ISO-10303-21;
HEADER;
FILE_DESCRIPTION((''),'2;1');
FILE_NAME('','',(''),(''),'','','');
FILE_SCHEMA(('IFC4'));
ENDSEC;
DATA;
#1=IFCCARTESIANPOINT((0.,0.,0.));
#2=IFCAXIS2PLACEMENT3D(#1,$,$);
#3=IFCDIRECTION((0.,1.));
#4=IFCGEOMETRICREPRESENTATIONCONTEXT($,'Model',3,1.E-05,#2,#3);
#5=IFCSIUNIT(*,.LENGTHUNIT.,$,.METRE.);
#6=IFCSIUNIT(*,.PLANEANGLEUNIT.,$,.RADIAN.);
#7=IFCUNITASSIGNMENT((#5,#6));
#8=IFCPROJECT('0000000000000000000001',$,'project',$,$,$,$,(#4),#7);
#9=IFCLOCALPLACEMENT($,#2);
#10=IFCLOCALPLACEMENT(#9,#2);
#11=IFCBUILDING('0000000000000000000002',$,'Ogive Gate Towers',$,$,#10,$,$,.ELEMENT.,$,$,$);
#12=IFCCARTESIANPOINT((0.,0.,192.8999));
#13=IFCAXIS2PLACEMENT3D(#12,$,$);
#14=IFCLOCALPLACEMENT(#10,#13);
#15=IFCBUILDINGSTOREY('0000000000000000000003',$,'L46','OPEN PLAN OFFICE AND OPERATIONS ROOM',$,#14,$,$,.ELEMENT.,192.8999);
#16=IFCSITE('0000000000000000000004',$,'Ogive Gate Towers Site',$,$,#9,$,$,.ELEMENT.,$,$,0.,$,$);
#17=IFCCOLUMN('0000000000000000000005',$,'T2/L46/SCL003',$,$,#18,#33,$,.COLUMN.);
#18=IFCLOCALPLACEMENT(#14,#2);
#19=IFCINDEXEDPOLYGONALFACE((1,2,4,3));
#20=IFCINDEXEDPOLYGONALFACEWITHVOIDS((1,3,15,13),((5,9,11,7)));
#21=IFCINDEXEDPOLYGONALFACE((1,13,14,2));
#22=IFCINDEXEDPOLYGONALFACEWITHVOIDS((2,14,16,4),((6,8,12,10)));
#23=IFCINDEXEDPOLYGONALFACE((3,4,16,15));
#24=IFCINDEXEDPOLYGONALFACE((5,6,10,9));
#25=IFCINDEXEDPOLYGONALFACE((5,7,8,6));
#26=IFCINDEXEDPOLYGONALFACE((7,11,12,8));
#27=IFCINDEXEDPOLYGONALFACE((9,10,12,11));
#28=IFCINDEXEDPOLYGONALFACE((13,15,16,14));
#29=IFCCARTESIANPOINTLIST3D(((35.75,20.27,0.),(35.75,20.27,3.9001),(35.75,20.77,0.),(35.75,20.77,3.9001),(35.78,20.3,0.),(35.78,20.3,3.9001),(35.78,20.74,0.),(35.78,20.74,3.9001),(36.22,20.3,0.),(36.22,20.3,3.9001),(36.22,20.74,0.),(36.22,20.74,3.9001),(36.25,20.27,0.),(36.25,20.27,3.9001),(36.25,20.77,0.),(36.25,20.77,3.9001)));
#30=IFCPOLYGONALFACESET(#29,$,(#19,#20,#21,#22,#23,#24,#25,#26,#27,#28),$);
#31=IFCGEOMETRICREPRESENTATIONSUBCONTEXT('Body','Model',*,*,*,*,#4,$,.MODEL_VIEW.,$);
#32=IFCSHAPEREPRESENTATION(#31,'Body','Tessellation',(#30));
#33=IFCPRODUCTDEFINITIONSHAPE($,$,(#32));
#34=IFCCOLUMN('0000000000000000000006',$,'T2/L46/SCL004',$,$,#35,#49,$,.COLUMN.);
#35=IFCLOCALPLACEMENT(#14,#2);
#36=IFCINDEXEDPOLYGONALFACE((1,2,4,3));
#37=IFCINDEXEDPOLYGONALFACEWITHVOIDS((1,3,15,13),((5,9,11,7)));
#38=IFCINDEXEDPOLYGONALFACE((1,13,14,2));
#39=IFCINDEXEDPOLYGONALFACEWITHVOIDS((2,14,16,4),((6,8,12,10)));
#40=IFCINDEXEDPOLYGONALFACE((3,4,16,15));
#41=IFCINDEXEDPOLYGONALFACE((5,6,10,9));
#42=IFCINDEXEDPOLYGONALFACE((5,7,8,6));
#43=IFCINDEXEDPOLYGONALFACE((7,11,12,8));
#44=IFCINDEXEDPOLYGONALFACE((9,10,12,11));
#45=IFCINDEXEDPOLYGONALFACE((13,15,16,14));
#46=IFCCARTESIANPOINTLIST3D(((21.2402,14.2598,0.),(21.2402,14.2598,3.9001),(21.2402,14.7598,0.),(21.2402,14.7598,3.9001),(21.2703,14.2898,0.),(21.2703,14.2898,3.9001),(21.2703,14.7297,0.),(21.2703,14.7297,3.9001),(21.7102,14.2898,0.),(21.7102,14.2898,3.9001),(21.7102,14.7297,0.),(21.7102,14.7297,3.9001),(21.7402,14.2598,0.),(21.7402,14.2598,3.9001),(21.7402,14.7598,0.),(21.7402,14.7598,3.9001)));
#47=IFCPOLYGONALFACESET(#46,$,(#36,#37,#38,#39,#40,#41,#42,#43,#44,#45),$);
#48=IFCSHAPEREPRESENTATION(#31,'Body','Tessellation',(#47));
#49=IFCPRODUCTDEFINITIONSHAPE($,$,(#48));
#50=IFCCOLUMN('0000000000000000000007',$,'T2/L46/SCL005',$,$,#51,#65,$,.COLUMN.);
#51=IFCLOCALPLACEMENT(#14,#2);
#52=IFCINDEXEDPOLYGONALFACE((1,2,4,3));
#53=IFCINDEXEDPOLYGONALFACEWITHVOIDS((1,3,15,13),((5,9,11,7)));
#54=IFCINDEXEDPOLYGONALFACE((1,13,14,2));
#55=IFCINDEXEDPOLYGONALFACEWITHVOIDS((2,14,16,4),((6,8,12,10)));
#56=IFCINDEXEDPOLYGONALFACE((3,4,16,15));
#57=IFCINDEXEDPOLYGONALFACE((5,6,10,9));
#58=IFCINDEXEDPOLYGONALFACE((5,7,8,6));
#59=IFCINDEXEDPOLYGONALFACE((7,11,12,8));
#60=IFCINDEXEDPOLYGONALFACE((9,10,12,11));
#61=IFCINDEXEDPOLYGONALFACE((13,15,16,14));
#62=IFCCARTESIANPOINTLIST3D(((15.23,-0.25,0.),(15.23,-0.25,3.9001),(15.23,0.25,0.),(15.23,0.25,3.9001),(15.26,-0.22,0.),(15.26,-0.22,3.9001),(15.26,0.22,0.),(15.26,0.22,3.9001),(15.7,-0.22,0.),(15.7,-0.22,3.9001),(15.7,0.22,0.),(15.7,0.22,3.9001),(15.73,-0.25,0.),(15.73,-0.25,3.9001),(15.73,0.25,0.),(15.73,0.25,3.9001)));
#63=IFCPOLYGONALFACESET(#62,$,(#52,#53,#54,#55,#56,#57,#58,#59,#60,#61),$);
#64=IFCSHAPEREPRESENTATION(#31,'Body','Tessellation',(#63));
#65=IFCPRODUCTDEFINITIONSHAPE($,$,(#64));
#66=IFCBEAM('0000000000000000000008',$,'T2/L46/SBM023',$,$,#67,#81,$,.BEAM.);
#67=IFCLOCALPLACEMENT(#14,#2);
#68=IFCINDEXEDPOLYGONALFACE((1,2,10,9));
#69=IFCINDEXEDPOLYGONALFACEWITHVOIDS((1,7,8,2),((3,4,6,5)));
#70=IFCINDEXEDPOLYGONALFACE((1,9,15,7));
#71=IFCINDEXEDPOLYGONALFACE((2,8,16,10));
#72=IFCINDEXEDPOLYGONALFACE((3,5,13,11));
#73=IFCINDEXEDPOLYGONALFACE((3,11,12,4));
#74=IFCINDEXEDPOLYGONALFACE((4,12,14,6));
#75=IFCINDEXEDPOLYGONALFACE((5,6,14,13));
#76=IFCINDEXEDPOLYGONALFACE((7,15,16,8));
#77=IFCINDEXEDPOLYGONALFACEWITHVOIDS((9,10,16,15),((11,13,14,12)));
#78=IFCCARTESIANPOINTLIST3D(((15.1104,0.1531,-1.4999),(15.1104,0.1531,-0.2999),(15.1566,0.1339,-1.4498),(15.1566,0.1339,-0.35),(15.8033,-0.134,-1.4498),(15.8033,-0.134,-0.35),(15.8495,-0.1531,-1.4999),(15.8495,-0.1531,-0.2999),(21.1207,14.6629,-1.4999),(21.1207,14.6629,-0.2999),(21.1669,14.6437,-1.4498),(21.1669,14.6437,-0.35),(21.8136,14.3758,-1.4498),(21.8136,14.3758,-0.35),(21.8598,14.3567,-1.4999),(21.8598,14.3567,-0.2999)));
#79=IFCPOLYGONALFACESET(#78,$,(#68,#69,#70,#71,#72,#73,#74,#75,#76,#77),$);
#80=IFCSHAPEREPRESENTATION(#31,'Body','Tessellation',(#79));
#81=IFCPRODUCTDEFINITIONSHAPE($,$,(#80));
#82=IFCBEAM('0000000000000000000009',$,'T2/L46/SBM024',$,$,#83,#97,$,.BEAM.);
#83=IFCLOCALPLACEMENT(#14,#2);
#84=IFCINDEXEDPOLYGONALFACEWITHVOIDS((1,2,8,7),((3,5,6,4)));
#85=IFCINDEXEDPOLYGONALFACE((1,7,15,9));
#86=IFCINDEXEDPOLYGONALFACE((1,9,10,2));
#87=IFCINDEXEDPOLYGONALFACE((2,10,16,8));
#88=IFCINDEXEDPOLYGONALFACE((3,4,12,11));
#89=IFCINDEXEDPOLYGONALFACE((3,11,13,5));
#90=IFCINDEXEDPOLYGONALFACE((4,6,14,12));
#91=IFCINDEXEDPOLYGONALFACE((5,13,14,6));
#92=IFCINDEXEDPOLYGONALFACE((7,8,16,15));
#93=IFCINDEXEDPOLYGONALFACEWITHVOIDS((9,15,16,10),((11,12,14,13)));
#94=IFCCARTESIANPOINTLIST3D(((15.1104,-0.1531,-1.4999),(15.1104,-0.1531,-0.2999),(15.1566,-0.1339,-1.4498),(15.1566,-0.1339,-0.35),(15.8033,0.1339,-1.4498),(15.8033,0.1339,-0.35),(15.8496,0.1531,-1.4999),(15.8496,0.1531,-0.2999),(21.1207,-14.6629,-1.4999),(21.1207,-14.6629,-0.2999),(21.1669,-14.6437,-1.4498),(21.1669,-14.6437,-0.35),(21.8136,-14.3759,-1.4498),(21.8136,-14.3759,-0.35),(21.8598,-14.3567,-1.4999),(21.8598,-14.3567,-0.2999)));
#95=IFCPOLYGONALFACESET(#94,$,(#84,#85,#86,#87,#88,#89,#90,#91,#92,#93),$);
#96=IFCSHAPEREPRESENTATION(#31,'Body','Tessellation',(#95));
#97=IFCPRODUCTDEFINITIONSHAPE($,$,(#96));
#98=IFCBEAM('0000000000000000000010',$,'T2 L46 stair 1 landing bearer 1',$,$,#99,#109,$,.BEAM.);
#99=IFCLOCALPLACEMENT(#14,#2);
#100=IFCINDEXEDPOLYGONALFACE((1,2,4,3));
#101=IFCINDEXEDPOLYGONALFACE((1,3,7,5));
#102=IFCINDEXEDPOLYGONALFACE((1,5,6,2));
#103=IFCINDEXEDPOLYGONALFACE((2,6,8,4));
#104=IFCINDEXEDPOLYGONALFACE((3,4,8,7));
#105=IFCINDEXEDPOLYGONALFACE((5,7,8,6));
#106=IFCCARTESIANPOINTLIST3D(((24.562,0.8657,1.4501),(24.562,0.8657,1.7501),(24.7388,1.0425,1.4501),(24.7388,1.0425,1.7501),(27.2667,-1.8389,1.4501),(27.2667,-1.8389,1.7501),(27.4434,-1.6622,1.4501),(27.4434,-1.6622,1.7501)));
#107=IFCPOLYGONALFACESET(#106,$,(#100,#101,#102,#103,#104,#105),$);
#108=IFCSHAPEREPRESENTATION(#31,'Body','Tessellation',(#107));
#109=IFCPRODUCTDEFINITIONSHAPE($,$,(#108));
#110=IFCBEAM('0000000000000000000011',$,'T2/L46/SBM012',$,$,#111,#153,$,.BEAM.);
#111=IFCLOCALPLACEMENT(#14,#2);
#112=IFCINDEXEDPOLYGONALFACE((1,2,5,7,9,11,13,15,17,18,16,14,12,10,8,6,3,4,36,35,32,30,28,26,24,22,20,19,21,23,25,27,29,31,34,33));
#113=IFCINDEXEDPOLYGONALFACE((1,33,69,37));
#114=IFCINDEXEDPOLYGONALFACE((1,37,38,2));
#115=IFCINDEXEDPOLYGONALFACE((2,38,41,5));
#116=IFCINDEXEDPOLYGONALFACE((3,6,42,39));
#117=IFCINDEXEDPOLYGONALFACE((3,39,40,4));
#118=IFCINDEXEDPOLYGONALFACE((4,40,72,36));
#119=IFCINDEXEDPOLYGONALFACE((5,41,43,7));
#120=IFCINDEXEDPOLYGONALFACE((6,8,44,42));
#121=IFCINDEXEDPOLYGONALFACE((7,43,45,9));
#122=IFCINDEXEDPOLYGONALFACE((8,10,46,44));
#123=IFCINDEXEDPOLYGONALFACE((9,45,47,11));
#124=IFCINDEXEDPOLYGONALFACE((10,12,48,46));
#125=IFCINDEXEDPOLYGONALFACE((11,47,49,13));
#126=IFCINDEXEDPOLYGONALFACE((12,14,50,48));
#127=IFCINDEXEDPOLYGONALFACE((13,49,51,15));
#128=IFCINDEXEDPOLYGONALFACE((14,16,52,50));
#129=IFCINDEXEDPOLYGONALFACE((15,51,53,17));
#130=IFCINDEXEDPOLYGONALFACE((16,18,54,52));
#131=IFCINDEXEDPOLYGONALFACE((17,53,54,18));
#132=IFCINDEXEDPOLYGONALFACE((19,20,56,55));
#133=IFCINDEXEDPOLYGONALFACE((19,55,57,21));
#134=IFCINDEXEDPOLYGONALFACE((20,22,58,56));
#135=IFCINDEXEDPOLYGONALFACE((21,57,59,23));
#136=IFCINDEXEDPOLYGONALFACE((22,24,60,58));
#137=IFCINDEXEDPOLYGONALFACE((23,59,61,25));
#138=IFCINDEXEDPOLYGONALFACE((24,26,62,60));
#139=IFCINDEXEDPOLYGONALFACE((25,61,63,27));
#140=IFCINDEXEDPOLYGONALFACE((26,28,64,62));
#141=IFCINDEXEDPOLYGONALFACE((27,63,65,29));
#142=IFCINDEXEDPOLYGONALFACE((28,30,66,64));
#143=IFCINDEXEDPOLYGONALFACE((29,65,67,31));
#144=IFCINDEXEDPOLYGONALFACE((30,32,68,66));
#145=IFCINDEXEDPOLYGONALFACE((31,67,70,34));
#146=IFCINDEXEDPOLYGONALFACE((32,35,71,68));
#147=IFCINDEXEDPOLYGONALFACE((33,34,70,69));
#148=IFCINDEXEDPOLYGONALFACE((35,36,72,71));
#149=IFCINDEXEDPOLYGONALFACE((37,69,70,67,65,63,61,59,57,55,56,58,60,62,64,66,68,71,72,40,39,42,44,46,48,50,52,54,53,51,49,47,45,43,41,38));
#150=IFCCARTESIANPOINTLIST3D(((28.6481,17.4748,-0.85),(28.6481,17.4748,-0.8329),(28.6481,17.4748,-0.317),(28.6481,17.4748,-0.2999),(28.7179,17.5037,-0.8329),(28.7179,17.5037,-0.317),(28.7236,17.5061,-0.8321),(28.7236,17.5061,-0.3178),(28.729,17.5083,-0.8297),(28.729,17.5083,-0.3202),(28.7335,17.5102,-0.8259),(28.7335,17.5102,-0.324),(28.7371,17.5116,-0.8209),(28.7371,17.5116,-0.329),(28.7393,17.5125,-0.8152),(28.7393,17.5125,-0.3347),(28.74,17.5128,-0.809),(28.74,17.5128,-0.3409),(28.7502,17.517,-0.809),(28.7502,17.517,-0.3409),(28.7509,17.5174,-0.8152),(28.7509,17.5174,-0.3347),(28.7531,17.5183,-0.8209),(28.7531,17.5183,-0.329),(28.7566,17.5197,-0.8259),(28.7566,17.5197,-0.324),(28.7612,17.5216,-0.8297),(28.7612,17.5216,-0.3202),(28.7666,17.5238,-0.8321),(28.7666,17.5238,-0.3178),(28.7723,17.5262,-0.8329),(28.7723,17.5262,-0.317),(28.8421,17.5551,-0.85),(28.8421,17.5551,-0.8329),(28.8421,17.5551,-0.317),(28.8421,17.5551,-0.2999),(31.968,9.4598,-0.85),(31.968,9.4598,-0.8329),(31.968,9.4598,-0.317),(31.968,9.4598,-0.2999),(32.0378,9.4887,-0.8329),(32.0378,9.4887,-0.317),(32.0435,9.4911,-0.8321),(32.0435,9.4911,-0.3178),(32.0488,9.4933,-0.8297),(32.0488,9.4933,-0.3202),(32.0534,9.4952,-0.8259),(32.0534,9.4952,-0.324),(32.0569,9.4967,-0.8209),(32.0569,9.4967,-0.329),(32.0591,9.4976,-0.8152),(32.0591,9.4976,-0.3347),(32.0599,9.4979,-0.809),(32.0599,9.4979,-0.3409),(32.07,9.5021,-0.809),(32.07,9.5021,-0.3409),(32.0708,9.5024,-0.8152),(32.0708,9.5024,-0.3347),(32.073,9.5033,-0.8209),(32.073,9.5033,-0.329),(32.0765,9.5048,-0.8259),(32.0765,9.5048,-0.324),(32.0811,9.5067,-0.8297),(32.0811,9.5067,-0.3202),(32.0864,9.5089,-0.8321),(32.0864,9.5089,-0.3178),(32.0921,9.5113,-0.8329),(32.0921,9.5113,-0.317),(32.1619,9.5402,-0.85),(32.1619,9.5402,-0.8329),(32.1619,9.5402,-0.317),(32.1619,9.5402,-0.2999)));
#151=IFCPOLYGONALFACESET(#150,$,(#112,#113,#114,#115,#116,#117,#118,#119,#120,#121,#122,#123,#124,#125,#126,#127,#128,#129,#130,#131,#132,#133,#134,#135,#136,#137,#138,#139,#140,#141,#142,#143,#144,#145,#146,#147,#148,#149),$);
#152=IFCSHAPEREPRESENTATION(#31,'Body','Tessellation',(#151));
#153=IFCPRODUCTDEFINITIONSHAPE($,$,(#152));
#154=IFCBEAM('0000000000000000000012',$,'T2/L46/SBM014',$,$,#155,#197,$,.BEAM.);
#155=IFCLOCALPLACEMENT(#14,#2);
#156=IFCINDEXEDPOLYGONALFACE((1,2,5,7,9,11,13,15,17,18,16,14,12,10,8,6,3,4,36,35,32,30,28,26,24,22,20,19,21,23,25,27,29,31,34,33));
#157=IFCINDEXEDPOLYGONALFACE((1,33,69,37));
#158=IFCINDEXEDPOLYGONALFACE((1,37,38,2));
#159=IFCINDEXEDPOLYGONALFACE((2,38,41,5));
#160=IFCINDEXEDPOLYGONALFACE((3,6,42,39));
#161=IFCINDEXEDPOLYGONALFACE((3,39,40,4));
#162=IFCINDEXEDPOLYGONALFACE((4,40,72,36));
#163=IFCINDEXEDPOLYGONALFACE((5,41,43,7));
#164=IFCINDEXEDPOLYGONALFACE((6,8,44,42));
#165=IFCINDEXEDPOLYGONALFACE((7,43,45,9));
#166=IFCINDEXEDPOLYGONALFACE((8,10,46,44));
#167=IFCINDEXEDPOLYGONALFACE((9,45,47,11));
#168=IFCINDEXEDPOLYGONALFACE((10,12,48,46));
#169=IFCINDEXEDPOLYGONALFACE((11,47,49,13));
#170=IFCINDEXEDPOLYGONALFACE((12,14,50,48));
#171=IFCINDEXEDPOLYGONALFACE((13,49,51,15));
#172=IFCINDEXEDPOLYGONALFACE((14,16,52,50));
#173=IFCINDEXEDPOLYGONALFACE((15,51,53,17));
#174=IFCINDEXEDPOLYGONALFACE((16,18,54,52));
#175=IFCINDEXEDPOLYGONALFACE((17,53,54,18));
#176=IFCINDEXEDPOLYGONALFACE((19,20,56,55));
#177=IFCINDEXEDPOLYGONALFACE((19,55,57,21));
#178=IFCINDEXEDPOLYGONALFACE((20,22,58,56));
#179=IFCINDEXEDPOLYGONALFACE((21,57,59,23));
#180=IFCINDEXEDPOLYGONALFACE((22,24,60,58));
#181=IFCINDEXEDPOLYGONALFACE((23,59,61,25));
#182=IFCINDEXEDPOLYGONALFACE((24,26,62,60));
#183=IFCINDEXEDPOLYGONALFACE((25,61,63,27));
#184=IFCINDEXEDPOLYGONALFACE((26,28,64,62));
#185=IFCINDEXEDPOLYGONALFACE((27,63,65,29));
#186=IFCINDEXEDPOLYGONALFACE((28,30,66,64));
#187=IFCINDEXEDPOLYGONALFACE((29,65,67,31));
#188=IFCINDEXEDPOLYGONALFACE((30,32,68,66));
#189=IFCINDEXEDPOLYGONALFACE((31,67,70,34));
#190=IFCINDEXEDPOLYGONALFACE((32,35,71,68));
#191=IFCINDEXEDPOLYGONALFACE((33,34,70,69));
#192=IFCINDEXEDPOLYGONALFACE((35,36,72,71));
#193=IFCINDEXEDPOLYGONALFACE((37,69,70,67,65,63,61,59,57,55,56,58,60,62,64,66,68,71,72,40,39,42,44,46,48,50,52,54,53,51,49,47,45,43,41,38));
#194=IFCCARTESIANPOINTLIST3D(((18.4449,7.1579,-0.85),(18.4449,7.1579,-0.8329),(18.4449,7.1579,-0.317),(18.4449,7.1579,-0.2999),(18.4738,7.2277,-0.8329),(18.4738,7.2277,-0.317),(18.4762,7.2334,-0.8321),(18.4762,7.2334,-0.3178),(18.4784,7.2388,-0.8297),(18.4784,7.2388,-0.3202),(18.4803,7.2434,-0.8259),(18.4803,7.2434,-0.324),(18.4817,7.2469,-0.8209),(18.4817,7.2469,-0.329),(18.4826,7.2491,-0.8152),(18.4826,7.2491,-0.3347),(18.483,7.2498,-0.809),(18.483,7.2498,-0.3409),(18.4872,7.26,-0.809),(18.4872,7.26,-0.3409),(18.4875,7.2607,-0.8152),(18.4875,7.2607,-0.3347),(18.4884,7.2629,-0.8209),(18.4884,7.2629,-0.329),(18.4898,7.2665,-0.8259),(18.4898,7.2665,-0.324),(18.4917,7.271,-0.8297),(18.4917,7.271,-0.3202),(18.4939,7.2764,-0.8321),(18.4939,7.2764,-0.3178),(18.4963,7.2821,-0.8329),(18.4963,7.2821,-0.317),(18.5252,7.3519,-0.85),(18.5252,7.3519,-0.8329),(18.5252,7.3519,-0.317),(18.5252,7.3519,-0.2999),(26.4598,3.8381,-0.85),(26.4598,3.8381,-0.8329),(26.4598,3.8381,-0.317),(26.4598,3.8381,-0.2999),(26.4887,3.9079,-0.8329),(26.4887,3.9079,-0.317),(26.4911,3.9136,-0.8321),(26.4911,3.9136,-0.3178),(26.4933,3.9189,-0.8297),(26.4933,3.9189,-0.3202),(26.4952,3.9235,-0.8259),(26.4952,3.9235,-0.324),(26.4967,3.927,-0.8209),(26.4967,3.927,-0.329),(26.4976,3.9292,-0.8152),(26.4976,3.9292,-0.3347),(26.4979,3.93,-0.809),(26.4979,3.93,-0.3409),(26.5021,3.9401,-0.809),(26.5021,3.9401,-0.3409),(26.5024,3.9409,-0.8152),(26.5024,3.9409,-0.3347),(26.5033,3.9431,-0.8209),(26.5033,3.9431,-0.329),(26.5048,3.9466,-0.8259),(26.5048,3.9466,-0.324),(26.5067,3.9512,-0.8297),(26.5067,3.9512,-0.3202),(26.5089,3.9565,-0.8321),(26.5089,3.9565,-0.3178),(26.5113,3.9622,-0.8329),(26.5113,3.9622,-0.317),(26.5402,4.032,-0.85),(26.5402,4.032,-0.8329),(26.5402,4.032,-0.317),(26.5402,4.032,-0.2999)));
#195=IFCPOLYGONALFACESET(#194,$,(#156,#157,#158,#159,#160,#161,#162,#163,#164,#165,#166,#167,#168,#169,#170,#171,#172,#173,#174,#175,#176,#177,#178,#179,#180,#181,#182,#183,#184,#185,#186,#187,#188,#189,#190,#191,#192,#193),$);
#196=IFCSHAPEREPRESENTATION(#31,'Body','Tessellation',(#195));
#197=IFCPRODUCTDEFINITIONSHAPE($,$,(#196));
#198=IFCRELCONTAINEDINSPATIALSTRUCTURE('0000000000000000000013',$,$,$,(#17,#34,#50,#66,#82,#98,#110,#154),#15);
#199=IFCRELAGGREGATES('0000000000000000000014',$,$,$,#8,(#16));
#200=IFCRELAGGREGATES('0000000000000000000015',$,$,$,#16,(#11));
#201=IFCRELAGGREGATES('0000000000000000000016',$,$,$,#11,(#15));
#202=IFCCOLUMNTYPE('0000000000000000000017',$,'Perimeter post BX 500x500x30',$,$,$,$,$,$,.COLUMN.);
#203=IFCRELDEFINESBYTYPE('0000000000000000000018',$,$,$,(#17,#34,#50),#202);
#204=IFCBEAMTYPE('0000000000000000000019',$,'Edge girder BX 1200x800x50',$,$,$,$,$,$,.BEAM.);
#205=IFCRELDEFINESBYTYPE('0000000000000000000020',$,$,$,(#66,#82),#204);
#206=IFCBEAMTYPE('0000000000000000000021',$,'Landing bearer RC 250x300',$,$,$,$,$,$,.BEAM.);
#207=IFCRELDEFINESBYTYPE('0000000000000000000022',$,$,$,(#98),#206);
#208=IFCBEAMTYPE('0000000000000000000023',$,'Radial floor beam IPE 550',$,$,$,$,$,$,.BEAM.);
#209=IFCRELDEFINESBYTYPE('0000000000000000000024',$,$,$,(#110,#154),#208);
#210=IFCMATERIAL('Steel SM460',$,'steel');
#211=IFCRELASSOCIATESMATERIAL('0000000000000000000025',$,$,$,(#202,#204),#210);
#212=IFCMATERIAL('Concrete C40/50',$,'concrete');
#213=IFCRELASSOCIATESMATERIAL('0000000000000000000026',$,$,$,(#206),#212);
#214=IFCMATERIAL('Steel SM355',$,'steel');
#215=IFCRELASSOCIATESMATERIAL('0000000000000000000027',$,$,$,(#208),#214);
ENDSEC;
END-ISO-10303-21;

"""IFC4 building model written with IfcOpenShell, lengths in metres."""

from ifc_helpers import new_model, si_unit, direction, frame, origin, origin_2d, place, context, subcontext, project, spatial, rectangle, hollow_rectangle, i_section, extrude, material, material_profile, profile_set, type_object, element, save


model = new_model("IFC4")

# Units and contexts
model_context = context("Model", 3, precision=1e-05, world=origin(), true_north=direction((0.0, 1.0)))
body_context = subcontext(model_context, "Body", "Model", "MODEL_VIEW")
ifc_project = project(units=[si_unit("LENGTHUNIT", "METRE"), si_unit("PLANEANGLEUNIT", "RADIAN")], contexts=[model_context])

# Site, building, storey
site_placement = place(None, origin())
site = spatial("IfcSite", under=ifc_project, at=site_placement, Name="Ogive Gate Towers Site", CompositionType="ELEMENT", RefElevation=0.0)
building_placement = place(site_placement, origin())
building = spatial("IfcBuilding", under=site, at=building_placement, Name="Ogive Gate Towers", CompositionType="ELEMENT")
storey_placement = place(building_placement, frame((0.0, 0.0, 192.8999)))
storey = spatial("IfcBuildingStorey", under=building, at=storey_placement, Name="L46", Description="OPEN PLAN OFFICE AND OPERATIONS ROOM", CompositionType="ELEMENT", Elevation=192.8999)

# Columns
ifc_material_1 = material(Name="Steel SM460", Category="steel")
ifc_material_profile_1 = material_profile(ifc_material_1, hollow_rectangle(XDim=0.5, YDim=0.5, WallThickness=0.03, at=origin_2d()), Name="BX 500x500x30")
ifc_profile_set_1 = profile_set([ifc_material_profile_1], Name="Steel SM460")
column_type = type_object("IfcColumnType", Name="Perimeter post BX 500x500x30", PredefinedType="COLUMN", material=ifc_profile_set_1)
for number, where, z_axis, x_axis, name in (
    (1, (36.0, 20.52, 0.0), (0.0, 0.0, 1.0), (1.0, 0.0, 0.0), "T2/L46/SCL003"),
    (2, (21.4902, 14.5098, 0.0), (0.0, 0.0, 1.0), (1.0, 0.0, 0.0), "T2/L46/SCL004"),
    (3, (15.48, 0.0, 0.0), (0.0, 0.0, 1.0), (1.0, 0.0, 0.0), "T2/L46/SCL005"),
):
    element("IfcColumn", number, at=place(storey_placement, frame(where, z_axis=z_axis, x_axis=x_axis)), inside=storey, type_object=column_type, Name=name, PredefinedType="COLUMN", context=body_context, shape_type="SweptSolid", body=[
        extrude(hollow_rectangle(XDim=0.5, YDim=0.5, WallThickness=0.03, at=origin_2d()), origin(), (0.0, 0.0, 1.0), 3.9001),
    ])

# Beams
ifc_material_profile_2 = material_profile(ifc_material_1, hollow_rectangle(XDim=0.8, YDim=1.2, WallThickness=0.05, at=origin_2d()), Name="BX 1200x800x50")
ifc_profile_set_2 = profile_set([ifc_material_profile_2], Name="Steel SM460")
beam_type_1 = type_object("IfcBeamType", Name="Edge girder BX 1200x800x50", PredefinedType="BEAM", material=ifc_profile_set_2)
for number, where, z_axis, x_axis, name in (
    (4, (21.4902, 14.5098, -0.8999), (-0.38269, -0.923877, 0.0), (0.923877, -0.38269, 0.0), "T2/L46/SBM023"),
    (5, (15.48, 0.0, -0.8999), (0.38269, -0.923877, 0.0), (0.923877, 0.38269, 0.0), "T2/L46/SBM024"),
):
    element("IfcBeam", number, at=place(storey_placement, frame(where, z_axis=z_axis, x_axis=x_axis)), inside=storey, type_object=beam_type_1, Name=name, PredefinedType="BEAM", context=body_context, shape_type="SweptSolid", body=[
        extrude(hollow_rectangle(XDim=0.8, YDim=1.2, WallThickness=0.05, at=origin_2d()), origin(), (0.0, 0.0, 1.0), 15.7053),
    ])
ifc_material_2 = material(Name="Concrete C40/50", Category="concrete")
ifc_material_profile_3 = material_profile(ifc_material_2, rectangle(XDim=0.25, YDim=0.3, at=origin_2d()), Name="RC 250x300")
ifc_profile_set_3 = profile_set([ifc_material_profile_3], Name="Concrete C40/50")
beam_type_2 = type_object("IfcBeamType", Name="Landing bearer RC 250x300", PredefinedType="BEAM", material=ifc_profile_set_3)
beam_1_placement = place(storey_placement, frame((24.6504, 0.9541, 1.6001), z_axis=(0.707107, -0.707107, 0.0), x_axis=(0.707107, 0.707107, 0.0)))
element("IfcBeam", 6, at=beam_1_placement, inside=storey, type_object=beam_type_2, Name="T2 L46 stair 1 landing bearer 1", PredefinedType="BEAM", context=body_context, shape_type="SweptSolid", body=[
    extrude(rectangle(XDim=0.25, YDim=0.3, at=origin_2d()), origin(), (0.0, 0.0, 1.0), 3.825),
])
ifc_material_3 = material(Name="Steel SM355", Category="steel")
ifc_material_profile_4 = material_profile(ifc_material_3, i_section(OverallWidth=0.21, OverallDepth=0.55, WebThickness=0.011, FlangeThickness=0.0171, FilletRadius=0.0239, at=origin_2d()), Name="IPE 550")
ifc_profile_set_4 = profile_set([ifc_material_profile_4], Name="Steel SM355")
beam_type_3 = type_object("IfcBeamType", Name="Radial floor beam IPE 550", PredefinedType="BEAM", material=ifc_profile_set_4)
for number, where, z_axis, x_axis, name in (
    (7, (32.0649, 9.5, -0.575), (-0.382678, 0.923882, 0.0), (-0.923882, -0.382678, 0.0), "T2/L46/SBM012"),
    (8, (26.5, 3.9351, -0.575), (-0.923882, 0.382678, 0.0), (-0.382678, -0.923882, 0.0), "T2/L46/SBM014"),
):
    element("IfcBeam", number, at=place(storey_placement, frame(where, z_axis=z_axis, x_axis=x_axis)), inside=storey, type_object=beam_type_3, Name=name, PredefinedType="BEAM", context=body_context, shape_type="SweptSolid", body=[
        extrude(i_section(OverallWidth=0.21, OverallDepth=0.55, WebThickness=0.011, FlangeThickness=0.0171, FilletRadius=0.0239, at=origin_2d()), origin(), (0.0, 0.0, 1.0), 8.6753),
    ])

save(model, "model.ifc")
